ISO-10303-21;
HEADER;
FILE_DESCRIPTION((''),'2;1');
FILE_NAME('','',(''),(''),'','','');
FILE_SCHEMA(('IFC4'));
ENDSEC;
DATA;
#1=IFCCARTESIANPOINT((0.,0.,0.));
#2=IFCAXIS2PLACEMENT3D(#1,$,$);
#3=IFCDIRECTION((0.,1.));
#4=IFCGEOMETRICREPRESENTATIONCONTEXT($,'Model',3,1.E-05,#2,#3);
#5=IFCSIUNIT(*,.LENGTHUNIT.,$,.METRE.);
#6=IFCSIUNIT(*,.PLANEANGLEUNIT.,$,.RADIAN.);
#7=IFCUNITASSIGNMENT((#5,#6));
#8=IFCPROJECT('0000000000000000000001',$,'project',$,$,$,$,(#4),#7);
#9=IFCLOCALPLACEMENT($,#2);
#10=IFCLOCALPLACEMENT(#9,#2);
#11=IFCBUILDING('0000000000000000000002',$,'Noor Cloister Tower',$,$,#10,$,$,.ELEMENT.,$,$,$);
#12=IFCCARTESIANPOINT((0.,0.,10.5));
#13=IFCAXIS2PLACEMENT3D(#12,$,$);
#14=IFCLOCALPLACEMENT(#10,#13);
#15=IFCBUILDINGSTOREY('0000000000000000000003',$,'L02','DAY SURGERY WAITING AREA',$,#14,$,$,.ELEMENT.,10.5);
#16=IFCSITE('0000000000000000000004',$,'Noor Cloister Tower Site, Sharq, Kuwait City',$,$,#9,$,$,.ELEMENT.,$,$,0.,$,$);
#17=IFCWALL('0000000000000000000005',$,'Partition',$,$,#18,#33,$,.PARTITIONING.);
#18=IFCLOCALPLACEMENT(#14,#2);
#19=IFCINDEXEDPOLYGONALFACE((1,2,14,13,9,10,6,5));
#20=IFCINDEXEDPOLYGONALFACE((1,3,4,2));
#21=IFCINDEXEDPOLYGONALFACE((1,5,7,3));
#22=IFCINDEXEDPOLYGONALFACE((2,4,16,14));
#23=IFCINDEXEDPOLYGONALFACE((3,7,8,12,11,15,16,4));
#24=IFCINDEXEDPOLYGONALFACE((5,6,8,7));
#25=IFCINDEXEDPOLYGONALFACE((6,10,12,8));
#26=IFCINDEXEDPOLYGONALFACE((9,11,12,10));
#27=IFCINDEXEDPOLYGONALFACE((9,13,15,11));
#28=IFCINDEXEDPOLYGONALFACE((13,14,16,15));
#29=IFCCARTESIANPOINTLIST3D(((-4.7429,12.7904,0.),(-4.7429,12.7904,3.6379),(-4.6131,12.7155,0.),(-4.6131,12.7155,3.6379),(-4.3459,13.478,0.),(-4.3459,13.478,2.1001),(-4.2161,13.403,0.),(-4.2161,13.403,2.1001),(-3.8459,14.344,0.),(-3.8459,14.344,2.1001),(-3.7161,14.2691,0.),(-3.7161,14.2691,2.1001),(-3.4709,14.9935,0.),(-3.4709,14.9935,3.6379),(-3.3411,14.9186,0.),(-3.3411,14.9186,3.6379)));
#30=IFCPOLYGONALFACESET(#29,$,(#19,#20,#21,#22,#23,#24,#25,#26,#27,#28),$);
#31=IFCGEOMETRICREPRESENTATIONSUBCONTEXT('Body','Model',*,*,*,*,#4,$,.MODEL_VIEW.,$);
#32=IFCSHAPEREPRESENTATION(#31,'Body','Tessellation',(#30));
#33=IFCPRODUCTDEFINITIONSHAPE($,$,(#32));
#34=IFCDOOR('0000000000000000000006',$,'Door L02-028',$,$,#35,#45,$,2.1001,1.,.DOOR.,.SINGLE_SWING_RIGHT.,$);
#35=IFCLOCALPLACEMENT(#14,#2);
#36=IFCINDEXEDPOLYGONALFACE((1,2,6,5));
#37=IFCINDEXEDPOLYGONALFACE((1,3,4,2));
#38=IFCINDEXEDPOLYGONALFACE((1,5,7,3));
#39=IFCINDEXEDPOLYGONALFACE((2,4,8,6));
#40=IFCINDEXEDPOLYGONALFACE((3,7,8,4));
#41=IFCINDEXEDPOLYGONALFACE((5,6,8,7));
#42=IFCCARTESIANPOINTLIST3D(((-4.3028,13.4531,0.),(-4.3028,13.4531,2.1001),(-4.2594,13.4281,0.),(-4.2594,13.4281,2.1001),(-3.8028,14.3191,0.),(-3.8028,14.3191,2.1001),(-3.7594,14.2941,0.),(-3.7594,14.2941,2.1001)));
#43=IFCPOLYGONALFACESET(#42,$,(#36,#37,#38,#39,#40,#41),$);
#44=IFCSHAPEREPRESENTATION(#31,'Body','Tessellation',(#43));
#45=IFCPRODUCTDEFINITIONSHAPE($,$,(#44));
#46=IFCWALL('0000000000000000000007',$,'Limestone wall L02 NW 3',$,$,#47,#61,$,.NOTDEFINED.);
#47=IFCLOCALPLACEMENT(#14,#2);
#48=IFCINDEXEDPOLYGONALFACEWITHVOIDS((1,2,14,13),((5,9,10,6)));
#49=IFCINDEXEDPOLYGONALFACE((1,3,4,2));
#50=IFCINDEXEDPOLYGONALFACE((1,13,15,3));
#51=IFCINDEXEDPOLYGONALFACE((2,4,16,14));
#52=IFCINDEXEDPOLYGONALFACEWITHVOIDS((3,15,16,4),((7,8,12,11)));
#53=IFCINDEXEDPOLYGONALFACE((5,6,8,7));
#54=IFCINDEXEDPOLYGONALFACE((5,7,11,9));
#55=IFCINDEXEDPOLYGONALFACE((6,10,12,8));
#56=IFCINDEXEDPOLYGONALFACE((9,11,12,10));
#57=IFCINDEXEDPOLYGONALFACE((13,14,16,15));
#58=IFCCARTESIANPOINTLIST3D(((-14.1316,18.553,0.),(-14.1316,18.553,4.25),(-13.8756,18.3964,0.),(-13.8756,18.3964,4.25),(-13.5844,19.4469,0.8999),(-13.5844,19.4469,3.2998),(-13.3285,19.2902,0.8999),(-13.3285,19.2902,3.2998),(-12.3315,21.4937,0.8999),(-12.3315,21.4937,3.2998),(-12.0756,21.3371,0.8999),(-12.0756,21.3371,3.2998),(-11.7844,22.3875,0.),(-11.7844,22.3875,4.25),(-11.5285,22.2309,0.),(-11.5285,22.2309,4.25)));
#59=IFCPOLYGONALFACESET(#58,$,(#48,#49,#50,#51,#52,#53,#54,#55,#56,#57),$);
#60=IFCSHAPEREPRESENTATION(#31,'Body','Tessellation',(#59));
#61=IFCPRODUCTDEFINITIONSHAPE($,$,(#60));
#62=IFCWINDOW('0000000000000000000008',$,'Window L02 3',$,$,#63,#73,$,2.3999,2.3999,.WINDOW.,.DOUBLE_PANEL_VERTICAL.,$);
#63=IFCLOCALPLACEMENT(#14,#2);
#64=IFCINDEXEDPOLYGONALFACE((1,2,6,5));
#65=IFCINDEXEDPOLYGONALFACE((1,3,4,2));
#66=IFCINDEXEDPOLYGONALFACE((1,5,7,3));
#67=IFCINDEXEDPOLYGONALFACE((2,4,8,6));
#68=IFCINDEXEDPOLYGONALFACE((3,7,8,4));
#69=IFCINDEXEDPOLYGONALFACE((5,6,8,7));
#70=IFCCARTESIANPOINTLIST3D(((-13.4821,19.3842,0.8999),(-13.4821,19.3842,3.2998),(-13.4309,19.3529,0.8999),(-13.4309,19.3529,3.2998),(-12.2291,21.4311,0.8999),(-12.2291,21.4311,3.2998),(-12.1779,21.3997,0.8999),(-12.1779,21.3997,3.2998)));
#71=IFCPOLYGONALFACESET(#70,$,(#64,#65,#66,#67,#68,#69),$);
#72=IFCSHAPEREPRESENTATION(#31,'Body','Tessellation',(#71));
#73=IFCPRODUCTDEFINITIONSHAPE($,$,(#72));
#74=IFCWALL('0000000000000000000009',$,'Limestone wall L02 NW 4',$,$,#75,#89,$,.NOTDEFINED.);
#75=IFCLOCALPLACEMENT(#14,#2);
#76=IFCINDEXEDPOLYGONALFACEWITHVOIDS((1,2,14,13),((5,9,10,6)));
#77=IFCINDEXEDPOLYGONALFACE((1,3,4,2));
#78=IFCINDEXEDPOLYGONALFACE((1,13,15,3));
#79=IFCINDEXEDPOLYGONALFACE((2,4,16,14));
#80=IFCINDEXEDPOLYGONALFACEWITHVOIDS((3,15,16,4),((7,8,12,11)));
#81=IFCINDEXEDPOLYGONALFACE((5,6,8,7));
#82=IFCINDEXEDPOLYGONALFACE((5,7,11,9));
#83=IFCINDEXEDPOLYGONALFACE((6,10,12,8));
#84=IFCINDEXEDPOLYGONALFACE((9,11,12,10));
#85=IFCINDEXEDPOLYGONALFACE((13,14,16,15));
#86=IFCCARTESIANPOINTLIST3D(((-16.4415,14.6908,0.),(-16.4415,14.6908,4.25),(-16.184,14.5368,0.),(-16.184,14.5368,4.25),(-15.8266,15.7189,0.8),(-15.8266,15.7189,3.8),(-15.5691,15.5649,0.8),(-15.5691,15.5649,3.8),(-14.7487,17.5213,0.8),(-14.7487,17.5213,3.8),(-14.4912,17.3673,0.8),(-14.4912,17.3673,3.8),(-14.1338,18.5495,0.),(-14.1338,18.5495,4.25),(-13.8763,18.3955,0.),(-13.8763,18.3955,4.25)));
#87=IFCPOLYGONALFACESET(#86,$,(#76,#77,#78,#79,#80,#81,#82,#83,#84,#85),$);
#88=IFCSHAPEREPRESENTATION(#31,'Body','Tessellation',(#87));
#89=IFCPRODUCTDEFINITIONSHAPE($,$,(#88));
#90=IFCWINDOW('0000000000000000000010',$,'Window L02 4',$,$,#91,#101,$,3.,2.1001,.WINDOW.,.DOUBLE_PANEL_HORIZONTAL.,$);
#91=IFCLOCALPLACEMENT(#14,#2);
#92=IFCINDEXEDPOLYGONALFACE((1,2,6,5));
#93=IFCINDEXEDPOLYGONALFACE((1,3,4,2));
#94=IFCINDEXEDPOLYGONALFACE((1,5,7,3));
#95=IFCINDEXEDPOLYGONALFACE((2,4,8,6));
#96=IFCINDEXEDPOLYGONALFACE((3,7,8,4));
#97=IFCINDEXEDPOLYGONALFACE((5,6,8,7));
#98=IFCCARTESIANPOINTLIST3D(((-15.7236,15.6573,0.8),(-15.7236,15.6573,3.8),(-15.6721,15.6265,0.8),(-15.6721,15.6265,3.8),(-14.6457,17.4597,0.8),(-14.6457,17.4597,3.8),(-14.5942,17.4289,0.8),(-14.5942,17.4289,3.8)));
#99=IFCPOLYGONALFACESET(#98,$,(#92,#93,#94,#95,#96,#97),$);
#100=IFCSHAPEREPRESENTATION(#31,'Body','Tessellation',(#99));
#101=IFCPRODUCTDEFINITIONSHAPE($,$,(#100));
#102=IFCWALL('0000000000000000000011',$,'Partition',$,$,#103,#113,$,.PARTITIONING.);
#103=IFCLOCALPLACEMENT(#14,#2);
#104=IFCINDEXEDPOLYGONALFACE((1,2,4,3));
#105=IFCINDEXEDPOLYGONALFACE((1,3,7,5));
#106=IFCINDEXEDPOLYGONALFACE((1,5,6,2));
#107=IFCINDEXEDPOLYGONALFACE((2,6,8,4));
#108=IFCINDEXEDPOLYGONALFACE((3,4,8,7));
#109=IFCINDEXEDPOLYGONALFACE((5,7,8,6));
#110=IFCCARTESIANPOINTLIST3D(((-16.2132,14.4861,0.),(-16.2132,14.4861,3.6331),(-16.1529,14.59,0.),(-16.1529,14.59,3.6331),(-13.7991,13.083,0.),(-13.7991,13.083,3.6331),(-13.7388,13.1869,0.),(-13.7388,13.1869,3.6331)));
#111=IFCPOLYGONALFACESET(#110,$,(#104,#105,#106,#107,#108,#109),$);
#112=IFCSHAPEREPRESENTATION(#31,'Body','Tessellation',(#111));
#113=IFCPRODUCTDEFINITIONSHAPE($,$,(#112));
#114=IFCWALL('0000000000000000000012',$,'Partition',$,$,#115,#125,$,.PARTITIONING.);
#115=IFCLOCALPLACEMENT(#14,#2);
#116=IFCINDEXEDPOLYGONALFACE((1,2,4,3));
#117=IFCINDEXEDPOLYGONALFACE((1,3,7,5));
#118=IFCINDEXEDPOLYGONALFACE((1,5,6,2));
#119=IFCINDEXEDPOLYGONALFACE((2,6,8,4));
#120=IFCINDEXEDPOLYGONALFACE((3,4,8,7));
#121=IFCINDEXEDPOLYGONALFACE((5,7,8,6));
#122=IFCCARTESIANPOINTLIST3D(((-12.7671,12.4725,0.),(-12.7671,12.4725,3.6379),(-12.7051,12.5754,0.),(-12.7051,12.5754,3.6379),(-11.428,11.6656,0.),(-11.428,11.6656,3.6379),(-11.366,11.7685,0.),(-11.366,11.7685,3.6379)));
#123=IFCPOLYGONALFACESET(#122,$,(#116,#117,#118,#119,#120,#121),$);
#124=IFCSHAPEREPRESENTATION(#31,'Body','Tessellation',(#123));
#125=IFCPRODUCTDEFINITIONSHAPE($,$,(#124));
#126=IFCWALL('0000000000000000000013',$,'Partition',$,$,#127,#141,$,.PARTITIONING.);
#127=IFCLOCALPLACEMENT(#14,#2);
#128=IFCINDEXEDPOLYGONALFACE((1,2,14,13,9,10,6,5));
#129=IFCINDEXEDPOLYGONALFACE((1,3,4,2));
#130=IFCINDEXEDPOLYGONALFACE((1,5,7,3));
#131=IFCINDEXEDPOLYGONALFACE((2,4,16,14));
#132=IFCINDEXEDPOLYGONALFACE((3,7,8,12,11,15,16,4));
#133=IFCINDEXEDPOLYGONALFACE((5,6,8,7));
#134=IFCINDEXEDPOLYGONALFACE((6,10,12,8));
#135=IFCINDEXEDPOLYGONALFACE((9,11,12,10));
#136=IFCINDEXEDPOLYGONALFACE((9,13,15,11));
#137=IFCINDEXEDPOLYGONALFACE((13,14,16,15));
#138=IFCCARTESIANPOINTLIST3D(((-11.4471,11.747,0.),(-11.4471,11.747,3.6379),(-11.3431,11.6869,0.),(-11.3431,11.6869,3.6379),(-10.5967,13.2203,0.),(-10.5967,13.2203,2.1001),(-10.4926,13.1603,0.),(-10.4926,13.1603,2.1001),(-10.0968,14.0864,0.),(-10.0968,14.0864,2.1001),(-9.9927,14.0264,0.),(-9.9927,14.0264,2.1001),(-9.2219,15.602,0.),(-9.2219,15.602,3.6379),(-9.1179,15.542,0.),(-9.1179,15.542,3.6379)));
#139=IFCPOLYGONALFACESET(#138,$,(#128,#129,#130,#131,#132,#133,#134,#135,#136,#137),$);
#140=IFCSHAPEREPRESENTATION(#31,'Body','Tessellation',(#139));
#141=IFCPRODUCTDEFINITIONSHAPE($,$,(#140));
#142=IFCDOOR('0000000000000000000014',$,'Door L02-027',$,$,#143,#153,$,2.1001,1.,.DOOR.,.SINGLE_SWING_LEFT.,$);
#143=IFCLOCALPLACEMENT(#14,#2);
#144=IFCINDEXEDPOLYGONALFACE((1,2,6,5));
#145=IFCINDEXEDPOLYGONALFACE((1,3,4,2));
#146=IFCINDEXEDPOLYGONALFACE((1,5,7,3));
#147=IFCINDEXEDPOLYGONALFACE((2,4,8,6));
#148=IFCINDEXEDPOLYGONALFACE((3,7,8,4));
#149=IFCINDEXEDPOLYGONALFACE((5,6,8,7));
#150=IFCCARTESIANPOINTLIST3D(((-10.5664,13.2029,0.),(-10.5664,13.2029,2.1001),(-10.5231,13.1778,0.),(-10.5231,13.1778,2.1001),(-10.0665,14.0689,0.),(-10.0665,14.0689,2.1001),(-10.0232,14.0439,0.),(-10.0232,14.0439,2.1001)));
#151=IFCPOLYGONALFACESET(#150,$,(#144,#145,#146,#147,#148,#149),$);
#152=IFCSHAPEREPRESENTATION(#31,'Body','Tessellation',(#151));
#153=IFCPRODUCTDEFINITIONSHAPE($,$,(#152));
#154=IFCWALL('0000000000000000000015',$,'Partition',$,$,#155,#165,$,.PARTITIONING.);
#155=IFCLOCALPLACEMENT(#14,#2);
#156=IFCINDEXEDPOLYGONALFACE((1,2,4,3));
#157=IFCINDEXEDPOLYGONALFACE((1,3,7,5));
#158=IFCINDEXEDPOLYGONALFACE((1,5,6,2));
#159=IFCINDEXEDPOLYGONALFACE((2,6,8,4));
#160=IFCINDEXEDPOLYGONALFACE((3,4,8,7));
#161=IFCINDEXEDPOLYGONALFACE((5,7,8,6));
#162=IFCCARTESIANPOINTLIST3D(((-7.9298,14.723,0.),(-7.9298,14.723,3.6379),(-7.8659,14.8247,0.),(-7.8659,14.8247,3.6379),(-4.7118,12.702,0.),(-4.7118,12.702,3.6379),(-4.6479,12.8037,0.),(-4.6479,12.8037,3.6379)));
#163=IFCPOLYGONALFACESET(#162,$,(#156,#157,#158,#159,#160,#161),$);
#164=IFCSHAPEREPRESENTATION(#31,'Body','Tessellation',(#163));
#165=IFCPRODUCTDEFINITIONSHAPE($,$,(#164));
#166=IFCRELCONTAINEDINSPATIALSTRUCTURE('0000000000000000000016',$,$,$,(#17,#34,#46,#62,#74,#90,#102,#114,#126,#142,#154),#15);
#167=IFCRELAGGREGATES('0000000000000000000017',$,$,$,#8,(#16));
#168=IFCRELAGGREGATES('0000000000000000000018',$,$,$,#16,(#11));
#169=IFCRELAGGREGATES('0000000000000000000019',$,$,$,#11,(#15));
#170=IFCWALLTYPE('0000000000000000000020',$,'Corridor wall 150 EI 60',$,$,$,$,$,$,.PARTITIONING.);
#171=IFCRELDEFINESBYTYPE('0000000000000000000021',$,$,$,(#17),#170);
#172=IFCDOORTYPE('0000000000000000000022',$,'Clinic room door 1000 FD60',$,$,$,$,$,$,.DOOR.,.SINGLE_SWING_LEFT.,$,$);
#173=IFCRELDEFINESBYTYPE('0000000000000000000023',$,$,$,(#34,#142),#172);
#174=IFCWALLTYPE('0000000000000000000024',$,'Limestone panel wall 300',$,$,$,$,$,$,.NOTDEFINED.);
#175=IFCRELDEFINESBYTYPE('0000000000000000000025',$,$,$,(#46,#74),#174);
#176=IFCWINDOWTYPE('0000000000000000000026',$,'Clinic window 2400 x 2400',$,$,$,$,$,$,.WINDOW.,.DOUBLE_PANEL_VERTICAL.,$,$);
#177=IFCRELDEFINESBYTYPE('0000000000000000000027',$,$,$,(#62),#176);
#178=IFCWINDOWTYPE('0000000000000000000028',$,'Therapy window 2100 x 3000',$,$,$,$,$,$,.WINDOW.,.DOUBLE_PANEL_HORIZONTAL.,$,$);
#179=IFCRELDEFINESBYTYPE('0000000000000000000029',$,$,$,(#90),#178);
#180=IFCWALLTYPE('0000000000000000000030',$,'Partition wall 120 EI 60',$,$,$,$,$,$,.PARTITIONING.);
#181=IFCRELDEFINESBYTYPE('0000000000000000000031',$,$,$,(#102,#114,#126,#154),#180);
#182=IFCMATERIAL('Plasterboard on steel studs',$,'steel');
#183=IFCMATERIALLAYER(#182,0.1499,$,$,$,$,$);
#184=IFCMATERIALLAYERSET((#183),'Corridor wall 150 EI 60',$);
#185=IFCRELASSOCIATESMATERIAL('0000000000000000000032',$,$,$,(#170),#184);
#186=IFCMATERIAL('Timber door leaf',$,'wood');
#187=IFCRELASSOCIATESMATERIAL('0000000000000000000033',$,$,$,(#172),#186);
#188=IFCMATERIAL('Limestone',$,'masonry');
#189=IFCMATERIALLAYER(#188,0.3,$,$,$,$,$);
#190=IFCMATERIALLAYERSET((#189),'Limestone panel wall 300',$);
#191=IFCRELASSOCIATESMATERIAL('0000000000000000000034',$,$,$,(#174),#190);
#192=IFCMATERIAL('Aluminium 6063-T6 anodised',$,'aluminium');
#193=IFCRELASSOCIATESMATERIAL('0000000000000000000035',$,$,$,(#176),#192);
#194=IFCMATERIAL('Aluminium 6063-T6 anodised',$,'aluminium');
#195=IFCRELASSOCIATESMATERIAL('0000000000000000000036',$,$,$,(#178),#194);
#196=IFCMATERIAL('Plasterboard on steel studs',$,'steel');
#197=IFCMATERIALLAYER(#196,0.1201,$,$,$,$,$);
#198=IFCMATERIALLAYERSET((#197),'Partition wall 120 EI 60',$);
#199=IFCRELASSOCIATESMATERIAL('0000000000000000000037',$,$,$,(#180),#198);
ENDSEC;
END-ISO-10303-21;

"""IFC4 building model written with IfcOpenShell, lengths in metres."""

from ifc_helpers import new_model, si_unit, direction, frame, frame_2d, origin, place, context, subcontext, project, spatial, rectangle, extrude, material, layer, layer_set, type_object, element, fill, save


model = new_model("IFC4")

# Units and contexts
model_context = context("Model", 3, precision=1e-05, world=origin(), true_north=direction((0.0, 1.0)))
body_context = subcontext(model_context, "Body", "Model", "MODEL_VIEW")
ifc_project = project(units=[si_unit("LENGTHUNIT", "METRE"), si_unit("PLANEANGLEUNIT", "RADIAN")], contexts=[model_context])

# Site, building, storey
site_placement = place(None, origin())
site = spatial("IfcSite", under=ifc_project, at=site_placement, Name="Noor Cloister Tower Site, Sharq, Kuwait City", CompositionType="ELEMENT", RefElevation=0.0)
building_placement = place(site_placement, origin())
building = spatial("IfcBuilding", under=site, at=building_placement, Name="Noor Cloister Tower", CompositionType="ELEMENT")
storey_placement = place(building_placement, frame((0.0, 0.0, 10.5)))
storey = spatial("IfcBuildingStorey", under=building, at=storey_placement, Name="L02", Description="DAY SURGERY WAITING AREA", CompositionType="ELEMENT", Elevation=10.5)

# Shared definitions
ifc_material_1 = material(Name="Plasterboard on steel studs", Category="steel")
ifc_layer_1 = layer(ifc_material_1, 0.1499)
ifc_layer_set_1 = layer_set([ifc_layer_1], Name="Corridor wall 150 EI 60")
wall_type_1 = type_object("IfcWallType", Name="Corridor wall 150 EI 60", PredefinedType="PARTITIONING", material=ifc_layer_set_1)

# Wall, opening, door
wall_1_placement = place(storey_placement, frame((-3.406, 14.9561, 0.0), z_axis=(0.0, 0.0, 1.0), x_axis=(-0.499999, -0.866026, 0.0)))
wall_1 = element("IfcWall", 1, at=wall_1_placement, inside=storey, type_object=wall_type_1, Name="Partition", PredefinedType="PARTITIONING", context=body_context, shape_type="SweptSolid", body=[
    extrude(rectangle(XDim=2.5439, YDim=0.1499, at=frame_2d((1.272, 0.0))), origin(), (0.0, 0.0, 1.0), 3.6379),
])
opening_1_placement = place(wall_1_placement, frame((0.75, 0.0, 0.0)))
opening_1 = element("IfcOpeningElement", 2, at=opening_1_placement, cuts=wall_1, PredefinedType="OPENING", context=body_context, shape_type="SweptSolid", body=[
    extrude(rectangle(XDim=1.0, YDim=2.1001, at=frame_2d((0.5, 1.05))), frame((0.0, 0.085, 0.0), z_axis=(0.0, -1.0, 0.0), x_axis=(1.0, 0.0, 0.0)), (0.0, 0.0, 1.0), 0.1699),
])
ifc_material_2 = material(Name="Timber door leaf", Category="wood")
door_type = type_object("IfcDoorType", Name="Clinic room door 1000 FD60", OperationType="SINGLE_SWING_LEFT", PredefinedType="DOOR", material=ifc_material_2)
door_1_placement = place(opening_1_placement, origin())
door_1 = element("IfcDoor", 3, at=door_1_placement, inside=storey, type_object=door_type, Name="Door L02-028", OperationType="SINGLE_SWING_RIGHT", OverallHeight=2.1001, OverallWidth=1.0, PredefinedType="DOOR", context=body_context, shape_type="SweptSolid", body=[
    extrude(rectangle(XDim=1.0, YDim=2.1001, at=frame_2d((0.5, 1.05))), frame((0.0, 0.0249, 0.0), z_axis=(0.0, -1.0, 0.0), x_axis=(1.0, 0.0, 0.0)), (0.0, 0.0, 1.0), 0.05),
])
fill(opening_1, door_1)

# Walls, openings, windows
ifc_material_3 = material(Name="Limestone", Category="masonry")
ifc_layer_2 = layer(ifc_material_3, 0.3)
ifc_layer_set_2 = layer_set([ifc_layer_2], Name="Limestone panel wall 300")
wall_type_2 = type_object("IfcWallType", Name="Limestone panel wall 300", PredefinedType="NOTDEFINED", material=ifc_layer_set_2)
wall_2_placement = place(storey_placement, frame((-14.0037, 18.4746, 0.0), z_axis=(0.0, 0.0, 1.0), x_axis=(0.522078, 0.852898, 0.0)))
wall_2 = element("IfcWall", 4, at=wall_2_placement, inside=storey, type_object=wall_type_2, Name="Limestone wall L02 NW 3", PredefinedType="NOTDEFINED", context=body_context, shape_type="SweptSolid", body=[
    extrude(rectangle(XDim=4.4958, YDim=0.3, at=frame_2d((2.248, 0.0))), origin(), (0.0, 0.0, 1.0), 4.25),
])
opening_2_placement = place(wall_2_placement, frame((1.0481, 0.0, 0.8999)))
opening_2 = element("IfcOpeningElement", 5, at=opening_2_placement, cuts=wall_2, PredefinedType="OPENING", context=body_context, shape_type="SweptSolid", body=[
    extrude(rectangle(XDim=2.3999, YDim=2.3999, at=frame_2d((1.2, 1.2))), frame((0.0, 0.1602, 0.0), z_axis=(0.0, -1.0, 0.0), x_axis=(1.0, 0.0, 0.0)), (0.0, 0.0, 1.0), 0.3201),
])
ifc_material_4 = material(Name="Aluminium 6063-T6 anodised", Category="aluminium")
window_type_1 = type_object("IfcWindowType", Name="Clinic window 2400 x 2400", PartitioningType="DOUBLE_PANEL_VERTICAL", PredefinedType="WINDOW", material=ifc_material_4)
window_1_placement = place(opening_2_placement, origin())
window_1 = element("IfcWindow", 6, at=window_1_placement, inside=storey, type_object=window_type_1, Name="Window L02 3", OverallHeight=2.3999, OverallWidth=2.3999, PartitioningType="DOUBLE_PANEL_VERTICAL", PredefinedType="WINDOW", context=body_context, shape_type="SweptSolid", body=[
    extrude(rectangle(XDim=2.3999, YDim=2.3999, at=frame_2d((1.2, 1.2))), frame((0.0, 0.03, 0.0), z_axis=(0.0, -1.0, 0.0), x_axis=(1.0, 0.0, 0.0)), (0.0, 0.0, 1.0), 0.0601),
])
fill(opening_2, window_1)
wall_3_placement = place(storey_placement, frame((-16.3127, 14.6138, 0.0), z_axis=(0.0, 0.0, 1.0), x_axis=(0.513257, 0.858235, 0.0)))
wall_3 = element("IfcWall", 7, at=wall_3_placement, inside=storey, type_object=wall_type_2, Name="Limestone wall L02 NW 4", PredefinedType="NOTDEFINED", context=body_context, shape_type="SweptSolid", body=[
    extrude(rectangle(XDim=4.4961, YDim=0.3, at=frame_2d((2.248, 0.0))), origin(), (0.0, 0.0, 1.0), 4.25),
])
opening_3_placement = place(wall_3_placement, frame((1.198, 0.0, 0.8)))
opening_3 = element("IfcOpeningElement", 8, at=opening_3_placement, cuts=wall_3, PredefinedType="OPENING", context=body_context, shape_type="SweptSolid", body=[
    extrude(rectangle(XDim=2.1001, YDim=3.0, at=frame_2d((1.05, 1.5))), frame((0.0, 0.1602, 0.0), z_axis=(0.0, -1.0, 0.0), x_axis=(1.0, 0.0, 0.0)), (0.0, 0.0, 1.0), 0.3201),
])
ifc_material_5 = material(Name="Aluminium 6063-T6 anodised", Category="aluminium")
window_type_2 = type_object("IfcWindowType", Name="Therapy window 2100 x 3000", PartitioningType="DOUBLE_PANEL_HORIZONTAL", PredefinedType="WINDOW", material=ifc_material_5)
window_2_placement = place(opening_3_placement, origin())
window_2 = element("IfcWindow", 9, at=window_2_placement, inside=storey, type_object=window_type_2, Name="Window L02 4", OverallHeight=3.0, OverallWidth=2.1001, PartitioningType="DOUBLE_PANEL_HORIZONTAL", PredefinedType="WINDOW", context=body_context, shape_type="SweptSolid", body=[
    extrude(rectangle(XDim=2.1001, YDim=3.0, at=frame_2d((1.05, 1.5))), frame((0.0, 0.03, 0.0), z_axis=(0.0, -1.0, 0.0), x_axis=(1.0, 0.0, 0.0)), (0.0, 0.0, 1.0), 0.0601),
])
fill(opening_3, window_2)

# Walls
ifc_material_6 = material(Name="Plasterboard on steel studs", Category="steel")
ifc_layer_3 = layer(ifc_material_6, 0.1201)
ifc_layer_set_3 = layer_set([ifc_layer_3], Name="Partition wall 120 EI 60")
wall_type_3 = type_object("IfcWallType", Name="Partition wall 120 EI 60", PredefinedType="PARTITIONING", material=ifc_layer_set_3)
wall_4_placement = place(storey_placement, frame((-13.769, 13.135, 0.0), z_axis=(0.0, 0.0, 1.0), x_axis=(-0.864577, 0.5025, 0.0)))
element("IfcWall", 10, at=wall_4_placement, inside=storey, type_object=wall_type_3, Name="Partition", PredefinedType="PARTITIONING", context=body_context, shape_type="SweptSolid", body=[
    extrude(rectangle(XDim=2.7922, YDim=0.1201, at=frame_2d((1.396, 0.0))), origin(), (0.0, 0.0, 1.0), 3.6331),
])
wall_5_placement = place(storey_placement, frame((-11.397, 11.717, 0.0), z_axis=(0.0, 0.0, 1.0), x_axis=(-0.856527, 0.516102, 0.0)))
element("IfcWall", 11, at=wall_5_placement, inside=storey, type_object=wall_type_3, Name="Partition", PredefinedType="PARTITIONING", context=body_context, shape_type="SweptSolid", body=[
    extrude(rectangle(XDim=1.5635, YDim=0.1201, at=frame_2d((0.7817, 0.0))), origin(), (0.0, 0.0, 1.0), 3.6379),
])

# Wall, opening, door
wall_6_placement = place(storey_placement, frame((-9.1699, 15.572, 0.0), z_axis=(0.0, 0.0, 1.0), x_axis=(-0.499903, -0.866081, 0.0)))
wall_6 = element("IfcWall", 12, at=wall_6_placement, inside=storey, type_object=wall_type_3, Name="Partition", PredefinedType="PARTITIONING", context=body_context, shape_type="SweptSolid", body=[
    extrude(rectangle(XDim=4.4512, YDim=0.1201, at=frame_2d((2.2256, 0.0))), origin(), (0.0, 0.0, 1.0), 3.6379),
])
opening_4_placement = place(wall_6_placement, frame((1.75, 0.0, 0.0)))
opening_4 = element("IfcOpeningElement", 13, at=opening_4_placement, cuts=wall_6, PredefinedType="OPENING", context=body_context, shape_type="SweptSolid", body=[
    extrude(rectangle(XDim=1.0, YDim=2.1001, at=frame_2d((0.5, 1.05))), frame((0.0, 0.0701, 0.0), z_axis=(0.0, -1.0, 0.0), x_axis=(1.0, 0.0, 0.0)), (0.0, 0.0, 1.0), 0.1401),
])
door_2_placement = place(opening_4_placement, origin())
door_2 = element("IfcDoor", 14, at=door_2_placement, inside=storey, type_object=door_type, Name="Door L02-027", OperationType="SINGLE_SWING_LEFT", OverallHeight=2.1001, OverallWidth=1.0, PredefinedType="DOOR", context=body_context, shape_type="SweptSolid", body=[
    extrude(rectangle(XDim=1.0, YDim=2.1001, at=frame_2d((0.5, 1.05))), frame((0.0, 0.0249, 0.0), z_axis=(0.0, -1.0, 0.0), x_axis=(1.0, 0.0, 0.0)), (0.0, 0.0, 1.0), 0.05),
])
fill(opening_4, door_2)

# Wall
wall_7_placement = place(storey_placement, frame((-4.6799, 12.7529, 0.0), z_axis=(0.0, 0.0, 1.0), x_axis=(-0.846845, 0.53184, 0.0)))
element("IfcWall", 15, at=wall_7_placement, inside=storey, type_object=wall_type_3, Name="Partition", PredefinedType="PARTITIONING", context=body_context, shape_type="SweptSolid", body=[
    extrude(rectangle(XDim=3.8, YDim=0.1201, at=frame_2d((1.8999, 0.0))), origin(), (0.0, 0.0, 1.0), 3.6379),
])

save(model, "model.ifc")
